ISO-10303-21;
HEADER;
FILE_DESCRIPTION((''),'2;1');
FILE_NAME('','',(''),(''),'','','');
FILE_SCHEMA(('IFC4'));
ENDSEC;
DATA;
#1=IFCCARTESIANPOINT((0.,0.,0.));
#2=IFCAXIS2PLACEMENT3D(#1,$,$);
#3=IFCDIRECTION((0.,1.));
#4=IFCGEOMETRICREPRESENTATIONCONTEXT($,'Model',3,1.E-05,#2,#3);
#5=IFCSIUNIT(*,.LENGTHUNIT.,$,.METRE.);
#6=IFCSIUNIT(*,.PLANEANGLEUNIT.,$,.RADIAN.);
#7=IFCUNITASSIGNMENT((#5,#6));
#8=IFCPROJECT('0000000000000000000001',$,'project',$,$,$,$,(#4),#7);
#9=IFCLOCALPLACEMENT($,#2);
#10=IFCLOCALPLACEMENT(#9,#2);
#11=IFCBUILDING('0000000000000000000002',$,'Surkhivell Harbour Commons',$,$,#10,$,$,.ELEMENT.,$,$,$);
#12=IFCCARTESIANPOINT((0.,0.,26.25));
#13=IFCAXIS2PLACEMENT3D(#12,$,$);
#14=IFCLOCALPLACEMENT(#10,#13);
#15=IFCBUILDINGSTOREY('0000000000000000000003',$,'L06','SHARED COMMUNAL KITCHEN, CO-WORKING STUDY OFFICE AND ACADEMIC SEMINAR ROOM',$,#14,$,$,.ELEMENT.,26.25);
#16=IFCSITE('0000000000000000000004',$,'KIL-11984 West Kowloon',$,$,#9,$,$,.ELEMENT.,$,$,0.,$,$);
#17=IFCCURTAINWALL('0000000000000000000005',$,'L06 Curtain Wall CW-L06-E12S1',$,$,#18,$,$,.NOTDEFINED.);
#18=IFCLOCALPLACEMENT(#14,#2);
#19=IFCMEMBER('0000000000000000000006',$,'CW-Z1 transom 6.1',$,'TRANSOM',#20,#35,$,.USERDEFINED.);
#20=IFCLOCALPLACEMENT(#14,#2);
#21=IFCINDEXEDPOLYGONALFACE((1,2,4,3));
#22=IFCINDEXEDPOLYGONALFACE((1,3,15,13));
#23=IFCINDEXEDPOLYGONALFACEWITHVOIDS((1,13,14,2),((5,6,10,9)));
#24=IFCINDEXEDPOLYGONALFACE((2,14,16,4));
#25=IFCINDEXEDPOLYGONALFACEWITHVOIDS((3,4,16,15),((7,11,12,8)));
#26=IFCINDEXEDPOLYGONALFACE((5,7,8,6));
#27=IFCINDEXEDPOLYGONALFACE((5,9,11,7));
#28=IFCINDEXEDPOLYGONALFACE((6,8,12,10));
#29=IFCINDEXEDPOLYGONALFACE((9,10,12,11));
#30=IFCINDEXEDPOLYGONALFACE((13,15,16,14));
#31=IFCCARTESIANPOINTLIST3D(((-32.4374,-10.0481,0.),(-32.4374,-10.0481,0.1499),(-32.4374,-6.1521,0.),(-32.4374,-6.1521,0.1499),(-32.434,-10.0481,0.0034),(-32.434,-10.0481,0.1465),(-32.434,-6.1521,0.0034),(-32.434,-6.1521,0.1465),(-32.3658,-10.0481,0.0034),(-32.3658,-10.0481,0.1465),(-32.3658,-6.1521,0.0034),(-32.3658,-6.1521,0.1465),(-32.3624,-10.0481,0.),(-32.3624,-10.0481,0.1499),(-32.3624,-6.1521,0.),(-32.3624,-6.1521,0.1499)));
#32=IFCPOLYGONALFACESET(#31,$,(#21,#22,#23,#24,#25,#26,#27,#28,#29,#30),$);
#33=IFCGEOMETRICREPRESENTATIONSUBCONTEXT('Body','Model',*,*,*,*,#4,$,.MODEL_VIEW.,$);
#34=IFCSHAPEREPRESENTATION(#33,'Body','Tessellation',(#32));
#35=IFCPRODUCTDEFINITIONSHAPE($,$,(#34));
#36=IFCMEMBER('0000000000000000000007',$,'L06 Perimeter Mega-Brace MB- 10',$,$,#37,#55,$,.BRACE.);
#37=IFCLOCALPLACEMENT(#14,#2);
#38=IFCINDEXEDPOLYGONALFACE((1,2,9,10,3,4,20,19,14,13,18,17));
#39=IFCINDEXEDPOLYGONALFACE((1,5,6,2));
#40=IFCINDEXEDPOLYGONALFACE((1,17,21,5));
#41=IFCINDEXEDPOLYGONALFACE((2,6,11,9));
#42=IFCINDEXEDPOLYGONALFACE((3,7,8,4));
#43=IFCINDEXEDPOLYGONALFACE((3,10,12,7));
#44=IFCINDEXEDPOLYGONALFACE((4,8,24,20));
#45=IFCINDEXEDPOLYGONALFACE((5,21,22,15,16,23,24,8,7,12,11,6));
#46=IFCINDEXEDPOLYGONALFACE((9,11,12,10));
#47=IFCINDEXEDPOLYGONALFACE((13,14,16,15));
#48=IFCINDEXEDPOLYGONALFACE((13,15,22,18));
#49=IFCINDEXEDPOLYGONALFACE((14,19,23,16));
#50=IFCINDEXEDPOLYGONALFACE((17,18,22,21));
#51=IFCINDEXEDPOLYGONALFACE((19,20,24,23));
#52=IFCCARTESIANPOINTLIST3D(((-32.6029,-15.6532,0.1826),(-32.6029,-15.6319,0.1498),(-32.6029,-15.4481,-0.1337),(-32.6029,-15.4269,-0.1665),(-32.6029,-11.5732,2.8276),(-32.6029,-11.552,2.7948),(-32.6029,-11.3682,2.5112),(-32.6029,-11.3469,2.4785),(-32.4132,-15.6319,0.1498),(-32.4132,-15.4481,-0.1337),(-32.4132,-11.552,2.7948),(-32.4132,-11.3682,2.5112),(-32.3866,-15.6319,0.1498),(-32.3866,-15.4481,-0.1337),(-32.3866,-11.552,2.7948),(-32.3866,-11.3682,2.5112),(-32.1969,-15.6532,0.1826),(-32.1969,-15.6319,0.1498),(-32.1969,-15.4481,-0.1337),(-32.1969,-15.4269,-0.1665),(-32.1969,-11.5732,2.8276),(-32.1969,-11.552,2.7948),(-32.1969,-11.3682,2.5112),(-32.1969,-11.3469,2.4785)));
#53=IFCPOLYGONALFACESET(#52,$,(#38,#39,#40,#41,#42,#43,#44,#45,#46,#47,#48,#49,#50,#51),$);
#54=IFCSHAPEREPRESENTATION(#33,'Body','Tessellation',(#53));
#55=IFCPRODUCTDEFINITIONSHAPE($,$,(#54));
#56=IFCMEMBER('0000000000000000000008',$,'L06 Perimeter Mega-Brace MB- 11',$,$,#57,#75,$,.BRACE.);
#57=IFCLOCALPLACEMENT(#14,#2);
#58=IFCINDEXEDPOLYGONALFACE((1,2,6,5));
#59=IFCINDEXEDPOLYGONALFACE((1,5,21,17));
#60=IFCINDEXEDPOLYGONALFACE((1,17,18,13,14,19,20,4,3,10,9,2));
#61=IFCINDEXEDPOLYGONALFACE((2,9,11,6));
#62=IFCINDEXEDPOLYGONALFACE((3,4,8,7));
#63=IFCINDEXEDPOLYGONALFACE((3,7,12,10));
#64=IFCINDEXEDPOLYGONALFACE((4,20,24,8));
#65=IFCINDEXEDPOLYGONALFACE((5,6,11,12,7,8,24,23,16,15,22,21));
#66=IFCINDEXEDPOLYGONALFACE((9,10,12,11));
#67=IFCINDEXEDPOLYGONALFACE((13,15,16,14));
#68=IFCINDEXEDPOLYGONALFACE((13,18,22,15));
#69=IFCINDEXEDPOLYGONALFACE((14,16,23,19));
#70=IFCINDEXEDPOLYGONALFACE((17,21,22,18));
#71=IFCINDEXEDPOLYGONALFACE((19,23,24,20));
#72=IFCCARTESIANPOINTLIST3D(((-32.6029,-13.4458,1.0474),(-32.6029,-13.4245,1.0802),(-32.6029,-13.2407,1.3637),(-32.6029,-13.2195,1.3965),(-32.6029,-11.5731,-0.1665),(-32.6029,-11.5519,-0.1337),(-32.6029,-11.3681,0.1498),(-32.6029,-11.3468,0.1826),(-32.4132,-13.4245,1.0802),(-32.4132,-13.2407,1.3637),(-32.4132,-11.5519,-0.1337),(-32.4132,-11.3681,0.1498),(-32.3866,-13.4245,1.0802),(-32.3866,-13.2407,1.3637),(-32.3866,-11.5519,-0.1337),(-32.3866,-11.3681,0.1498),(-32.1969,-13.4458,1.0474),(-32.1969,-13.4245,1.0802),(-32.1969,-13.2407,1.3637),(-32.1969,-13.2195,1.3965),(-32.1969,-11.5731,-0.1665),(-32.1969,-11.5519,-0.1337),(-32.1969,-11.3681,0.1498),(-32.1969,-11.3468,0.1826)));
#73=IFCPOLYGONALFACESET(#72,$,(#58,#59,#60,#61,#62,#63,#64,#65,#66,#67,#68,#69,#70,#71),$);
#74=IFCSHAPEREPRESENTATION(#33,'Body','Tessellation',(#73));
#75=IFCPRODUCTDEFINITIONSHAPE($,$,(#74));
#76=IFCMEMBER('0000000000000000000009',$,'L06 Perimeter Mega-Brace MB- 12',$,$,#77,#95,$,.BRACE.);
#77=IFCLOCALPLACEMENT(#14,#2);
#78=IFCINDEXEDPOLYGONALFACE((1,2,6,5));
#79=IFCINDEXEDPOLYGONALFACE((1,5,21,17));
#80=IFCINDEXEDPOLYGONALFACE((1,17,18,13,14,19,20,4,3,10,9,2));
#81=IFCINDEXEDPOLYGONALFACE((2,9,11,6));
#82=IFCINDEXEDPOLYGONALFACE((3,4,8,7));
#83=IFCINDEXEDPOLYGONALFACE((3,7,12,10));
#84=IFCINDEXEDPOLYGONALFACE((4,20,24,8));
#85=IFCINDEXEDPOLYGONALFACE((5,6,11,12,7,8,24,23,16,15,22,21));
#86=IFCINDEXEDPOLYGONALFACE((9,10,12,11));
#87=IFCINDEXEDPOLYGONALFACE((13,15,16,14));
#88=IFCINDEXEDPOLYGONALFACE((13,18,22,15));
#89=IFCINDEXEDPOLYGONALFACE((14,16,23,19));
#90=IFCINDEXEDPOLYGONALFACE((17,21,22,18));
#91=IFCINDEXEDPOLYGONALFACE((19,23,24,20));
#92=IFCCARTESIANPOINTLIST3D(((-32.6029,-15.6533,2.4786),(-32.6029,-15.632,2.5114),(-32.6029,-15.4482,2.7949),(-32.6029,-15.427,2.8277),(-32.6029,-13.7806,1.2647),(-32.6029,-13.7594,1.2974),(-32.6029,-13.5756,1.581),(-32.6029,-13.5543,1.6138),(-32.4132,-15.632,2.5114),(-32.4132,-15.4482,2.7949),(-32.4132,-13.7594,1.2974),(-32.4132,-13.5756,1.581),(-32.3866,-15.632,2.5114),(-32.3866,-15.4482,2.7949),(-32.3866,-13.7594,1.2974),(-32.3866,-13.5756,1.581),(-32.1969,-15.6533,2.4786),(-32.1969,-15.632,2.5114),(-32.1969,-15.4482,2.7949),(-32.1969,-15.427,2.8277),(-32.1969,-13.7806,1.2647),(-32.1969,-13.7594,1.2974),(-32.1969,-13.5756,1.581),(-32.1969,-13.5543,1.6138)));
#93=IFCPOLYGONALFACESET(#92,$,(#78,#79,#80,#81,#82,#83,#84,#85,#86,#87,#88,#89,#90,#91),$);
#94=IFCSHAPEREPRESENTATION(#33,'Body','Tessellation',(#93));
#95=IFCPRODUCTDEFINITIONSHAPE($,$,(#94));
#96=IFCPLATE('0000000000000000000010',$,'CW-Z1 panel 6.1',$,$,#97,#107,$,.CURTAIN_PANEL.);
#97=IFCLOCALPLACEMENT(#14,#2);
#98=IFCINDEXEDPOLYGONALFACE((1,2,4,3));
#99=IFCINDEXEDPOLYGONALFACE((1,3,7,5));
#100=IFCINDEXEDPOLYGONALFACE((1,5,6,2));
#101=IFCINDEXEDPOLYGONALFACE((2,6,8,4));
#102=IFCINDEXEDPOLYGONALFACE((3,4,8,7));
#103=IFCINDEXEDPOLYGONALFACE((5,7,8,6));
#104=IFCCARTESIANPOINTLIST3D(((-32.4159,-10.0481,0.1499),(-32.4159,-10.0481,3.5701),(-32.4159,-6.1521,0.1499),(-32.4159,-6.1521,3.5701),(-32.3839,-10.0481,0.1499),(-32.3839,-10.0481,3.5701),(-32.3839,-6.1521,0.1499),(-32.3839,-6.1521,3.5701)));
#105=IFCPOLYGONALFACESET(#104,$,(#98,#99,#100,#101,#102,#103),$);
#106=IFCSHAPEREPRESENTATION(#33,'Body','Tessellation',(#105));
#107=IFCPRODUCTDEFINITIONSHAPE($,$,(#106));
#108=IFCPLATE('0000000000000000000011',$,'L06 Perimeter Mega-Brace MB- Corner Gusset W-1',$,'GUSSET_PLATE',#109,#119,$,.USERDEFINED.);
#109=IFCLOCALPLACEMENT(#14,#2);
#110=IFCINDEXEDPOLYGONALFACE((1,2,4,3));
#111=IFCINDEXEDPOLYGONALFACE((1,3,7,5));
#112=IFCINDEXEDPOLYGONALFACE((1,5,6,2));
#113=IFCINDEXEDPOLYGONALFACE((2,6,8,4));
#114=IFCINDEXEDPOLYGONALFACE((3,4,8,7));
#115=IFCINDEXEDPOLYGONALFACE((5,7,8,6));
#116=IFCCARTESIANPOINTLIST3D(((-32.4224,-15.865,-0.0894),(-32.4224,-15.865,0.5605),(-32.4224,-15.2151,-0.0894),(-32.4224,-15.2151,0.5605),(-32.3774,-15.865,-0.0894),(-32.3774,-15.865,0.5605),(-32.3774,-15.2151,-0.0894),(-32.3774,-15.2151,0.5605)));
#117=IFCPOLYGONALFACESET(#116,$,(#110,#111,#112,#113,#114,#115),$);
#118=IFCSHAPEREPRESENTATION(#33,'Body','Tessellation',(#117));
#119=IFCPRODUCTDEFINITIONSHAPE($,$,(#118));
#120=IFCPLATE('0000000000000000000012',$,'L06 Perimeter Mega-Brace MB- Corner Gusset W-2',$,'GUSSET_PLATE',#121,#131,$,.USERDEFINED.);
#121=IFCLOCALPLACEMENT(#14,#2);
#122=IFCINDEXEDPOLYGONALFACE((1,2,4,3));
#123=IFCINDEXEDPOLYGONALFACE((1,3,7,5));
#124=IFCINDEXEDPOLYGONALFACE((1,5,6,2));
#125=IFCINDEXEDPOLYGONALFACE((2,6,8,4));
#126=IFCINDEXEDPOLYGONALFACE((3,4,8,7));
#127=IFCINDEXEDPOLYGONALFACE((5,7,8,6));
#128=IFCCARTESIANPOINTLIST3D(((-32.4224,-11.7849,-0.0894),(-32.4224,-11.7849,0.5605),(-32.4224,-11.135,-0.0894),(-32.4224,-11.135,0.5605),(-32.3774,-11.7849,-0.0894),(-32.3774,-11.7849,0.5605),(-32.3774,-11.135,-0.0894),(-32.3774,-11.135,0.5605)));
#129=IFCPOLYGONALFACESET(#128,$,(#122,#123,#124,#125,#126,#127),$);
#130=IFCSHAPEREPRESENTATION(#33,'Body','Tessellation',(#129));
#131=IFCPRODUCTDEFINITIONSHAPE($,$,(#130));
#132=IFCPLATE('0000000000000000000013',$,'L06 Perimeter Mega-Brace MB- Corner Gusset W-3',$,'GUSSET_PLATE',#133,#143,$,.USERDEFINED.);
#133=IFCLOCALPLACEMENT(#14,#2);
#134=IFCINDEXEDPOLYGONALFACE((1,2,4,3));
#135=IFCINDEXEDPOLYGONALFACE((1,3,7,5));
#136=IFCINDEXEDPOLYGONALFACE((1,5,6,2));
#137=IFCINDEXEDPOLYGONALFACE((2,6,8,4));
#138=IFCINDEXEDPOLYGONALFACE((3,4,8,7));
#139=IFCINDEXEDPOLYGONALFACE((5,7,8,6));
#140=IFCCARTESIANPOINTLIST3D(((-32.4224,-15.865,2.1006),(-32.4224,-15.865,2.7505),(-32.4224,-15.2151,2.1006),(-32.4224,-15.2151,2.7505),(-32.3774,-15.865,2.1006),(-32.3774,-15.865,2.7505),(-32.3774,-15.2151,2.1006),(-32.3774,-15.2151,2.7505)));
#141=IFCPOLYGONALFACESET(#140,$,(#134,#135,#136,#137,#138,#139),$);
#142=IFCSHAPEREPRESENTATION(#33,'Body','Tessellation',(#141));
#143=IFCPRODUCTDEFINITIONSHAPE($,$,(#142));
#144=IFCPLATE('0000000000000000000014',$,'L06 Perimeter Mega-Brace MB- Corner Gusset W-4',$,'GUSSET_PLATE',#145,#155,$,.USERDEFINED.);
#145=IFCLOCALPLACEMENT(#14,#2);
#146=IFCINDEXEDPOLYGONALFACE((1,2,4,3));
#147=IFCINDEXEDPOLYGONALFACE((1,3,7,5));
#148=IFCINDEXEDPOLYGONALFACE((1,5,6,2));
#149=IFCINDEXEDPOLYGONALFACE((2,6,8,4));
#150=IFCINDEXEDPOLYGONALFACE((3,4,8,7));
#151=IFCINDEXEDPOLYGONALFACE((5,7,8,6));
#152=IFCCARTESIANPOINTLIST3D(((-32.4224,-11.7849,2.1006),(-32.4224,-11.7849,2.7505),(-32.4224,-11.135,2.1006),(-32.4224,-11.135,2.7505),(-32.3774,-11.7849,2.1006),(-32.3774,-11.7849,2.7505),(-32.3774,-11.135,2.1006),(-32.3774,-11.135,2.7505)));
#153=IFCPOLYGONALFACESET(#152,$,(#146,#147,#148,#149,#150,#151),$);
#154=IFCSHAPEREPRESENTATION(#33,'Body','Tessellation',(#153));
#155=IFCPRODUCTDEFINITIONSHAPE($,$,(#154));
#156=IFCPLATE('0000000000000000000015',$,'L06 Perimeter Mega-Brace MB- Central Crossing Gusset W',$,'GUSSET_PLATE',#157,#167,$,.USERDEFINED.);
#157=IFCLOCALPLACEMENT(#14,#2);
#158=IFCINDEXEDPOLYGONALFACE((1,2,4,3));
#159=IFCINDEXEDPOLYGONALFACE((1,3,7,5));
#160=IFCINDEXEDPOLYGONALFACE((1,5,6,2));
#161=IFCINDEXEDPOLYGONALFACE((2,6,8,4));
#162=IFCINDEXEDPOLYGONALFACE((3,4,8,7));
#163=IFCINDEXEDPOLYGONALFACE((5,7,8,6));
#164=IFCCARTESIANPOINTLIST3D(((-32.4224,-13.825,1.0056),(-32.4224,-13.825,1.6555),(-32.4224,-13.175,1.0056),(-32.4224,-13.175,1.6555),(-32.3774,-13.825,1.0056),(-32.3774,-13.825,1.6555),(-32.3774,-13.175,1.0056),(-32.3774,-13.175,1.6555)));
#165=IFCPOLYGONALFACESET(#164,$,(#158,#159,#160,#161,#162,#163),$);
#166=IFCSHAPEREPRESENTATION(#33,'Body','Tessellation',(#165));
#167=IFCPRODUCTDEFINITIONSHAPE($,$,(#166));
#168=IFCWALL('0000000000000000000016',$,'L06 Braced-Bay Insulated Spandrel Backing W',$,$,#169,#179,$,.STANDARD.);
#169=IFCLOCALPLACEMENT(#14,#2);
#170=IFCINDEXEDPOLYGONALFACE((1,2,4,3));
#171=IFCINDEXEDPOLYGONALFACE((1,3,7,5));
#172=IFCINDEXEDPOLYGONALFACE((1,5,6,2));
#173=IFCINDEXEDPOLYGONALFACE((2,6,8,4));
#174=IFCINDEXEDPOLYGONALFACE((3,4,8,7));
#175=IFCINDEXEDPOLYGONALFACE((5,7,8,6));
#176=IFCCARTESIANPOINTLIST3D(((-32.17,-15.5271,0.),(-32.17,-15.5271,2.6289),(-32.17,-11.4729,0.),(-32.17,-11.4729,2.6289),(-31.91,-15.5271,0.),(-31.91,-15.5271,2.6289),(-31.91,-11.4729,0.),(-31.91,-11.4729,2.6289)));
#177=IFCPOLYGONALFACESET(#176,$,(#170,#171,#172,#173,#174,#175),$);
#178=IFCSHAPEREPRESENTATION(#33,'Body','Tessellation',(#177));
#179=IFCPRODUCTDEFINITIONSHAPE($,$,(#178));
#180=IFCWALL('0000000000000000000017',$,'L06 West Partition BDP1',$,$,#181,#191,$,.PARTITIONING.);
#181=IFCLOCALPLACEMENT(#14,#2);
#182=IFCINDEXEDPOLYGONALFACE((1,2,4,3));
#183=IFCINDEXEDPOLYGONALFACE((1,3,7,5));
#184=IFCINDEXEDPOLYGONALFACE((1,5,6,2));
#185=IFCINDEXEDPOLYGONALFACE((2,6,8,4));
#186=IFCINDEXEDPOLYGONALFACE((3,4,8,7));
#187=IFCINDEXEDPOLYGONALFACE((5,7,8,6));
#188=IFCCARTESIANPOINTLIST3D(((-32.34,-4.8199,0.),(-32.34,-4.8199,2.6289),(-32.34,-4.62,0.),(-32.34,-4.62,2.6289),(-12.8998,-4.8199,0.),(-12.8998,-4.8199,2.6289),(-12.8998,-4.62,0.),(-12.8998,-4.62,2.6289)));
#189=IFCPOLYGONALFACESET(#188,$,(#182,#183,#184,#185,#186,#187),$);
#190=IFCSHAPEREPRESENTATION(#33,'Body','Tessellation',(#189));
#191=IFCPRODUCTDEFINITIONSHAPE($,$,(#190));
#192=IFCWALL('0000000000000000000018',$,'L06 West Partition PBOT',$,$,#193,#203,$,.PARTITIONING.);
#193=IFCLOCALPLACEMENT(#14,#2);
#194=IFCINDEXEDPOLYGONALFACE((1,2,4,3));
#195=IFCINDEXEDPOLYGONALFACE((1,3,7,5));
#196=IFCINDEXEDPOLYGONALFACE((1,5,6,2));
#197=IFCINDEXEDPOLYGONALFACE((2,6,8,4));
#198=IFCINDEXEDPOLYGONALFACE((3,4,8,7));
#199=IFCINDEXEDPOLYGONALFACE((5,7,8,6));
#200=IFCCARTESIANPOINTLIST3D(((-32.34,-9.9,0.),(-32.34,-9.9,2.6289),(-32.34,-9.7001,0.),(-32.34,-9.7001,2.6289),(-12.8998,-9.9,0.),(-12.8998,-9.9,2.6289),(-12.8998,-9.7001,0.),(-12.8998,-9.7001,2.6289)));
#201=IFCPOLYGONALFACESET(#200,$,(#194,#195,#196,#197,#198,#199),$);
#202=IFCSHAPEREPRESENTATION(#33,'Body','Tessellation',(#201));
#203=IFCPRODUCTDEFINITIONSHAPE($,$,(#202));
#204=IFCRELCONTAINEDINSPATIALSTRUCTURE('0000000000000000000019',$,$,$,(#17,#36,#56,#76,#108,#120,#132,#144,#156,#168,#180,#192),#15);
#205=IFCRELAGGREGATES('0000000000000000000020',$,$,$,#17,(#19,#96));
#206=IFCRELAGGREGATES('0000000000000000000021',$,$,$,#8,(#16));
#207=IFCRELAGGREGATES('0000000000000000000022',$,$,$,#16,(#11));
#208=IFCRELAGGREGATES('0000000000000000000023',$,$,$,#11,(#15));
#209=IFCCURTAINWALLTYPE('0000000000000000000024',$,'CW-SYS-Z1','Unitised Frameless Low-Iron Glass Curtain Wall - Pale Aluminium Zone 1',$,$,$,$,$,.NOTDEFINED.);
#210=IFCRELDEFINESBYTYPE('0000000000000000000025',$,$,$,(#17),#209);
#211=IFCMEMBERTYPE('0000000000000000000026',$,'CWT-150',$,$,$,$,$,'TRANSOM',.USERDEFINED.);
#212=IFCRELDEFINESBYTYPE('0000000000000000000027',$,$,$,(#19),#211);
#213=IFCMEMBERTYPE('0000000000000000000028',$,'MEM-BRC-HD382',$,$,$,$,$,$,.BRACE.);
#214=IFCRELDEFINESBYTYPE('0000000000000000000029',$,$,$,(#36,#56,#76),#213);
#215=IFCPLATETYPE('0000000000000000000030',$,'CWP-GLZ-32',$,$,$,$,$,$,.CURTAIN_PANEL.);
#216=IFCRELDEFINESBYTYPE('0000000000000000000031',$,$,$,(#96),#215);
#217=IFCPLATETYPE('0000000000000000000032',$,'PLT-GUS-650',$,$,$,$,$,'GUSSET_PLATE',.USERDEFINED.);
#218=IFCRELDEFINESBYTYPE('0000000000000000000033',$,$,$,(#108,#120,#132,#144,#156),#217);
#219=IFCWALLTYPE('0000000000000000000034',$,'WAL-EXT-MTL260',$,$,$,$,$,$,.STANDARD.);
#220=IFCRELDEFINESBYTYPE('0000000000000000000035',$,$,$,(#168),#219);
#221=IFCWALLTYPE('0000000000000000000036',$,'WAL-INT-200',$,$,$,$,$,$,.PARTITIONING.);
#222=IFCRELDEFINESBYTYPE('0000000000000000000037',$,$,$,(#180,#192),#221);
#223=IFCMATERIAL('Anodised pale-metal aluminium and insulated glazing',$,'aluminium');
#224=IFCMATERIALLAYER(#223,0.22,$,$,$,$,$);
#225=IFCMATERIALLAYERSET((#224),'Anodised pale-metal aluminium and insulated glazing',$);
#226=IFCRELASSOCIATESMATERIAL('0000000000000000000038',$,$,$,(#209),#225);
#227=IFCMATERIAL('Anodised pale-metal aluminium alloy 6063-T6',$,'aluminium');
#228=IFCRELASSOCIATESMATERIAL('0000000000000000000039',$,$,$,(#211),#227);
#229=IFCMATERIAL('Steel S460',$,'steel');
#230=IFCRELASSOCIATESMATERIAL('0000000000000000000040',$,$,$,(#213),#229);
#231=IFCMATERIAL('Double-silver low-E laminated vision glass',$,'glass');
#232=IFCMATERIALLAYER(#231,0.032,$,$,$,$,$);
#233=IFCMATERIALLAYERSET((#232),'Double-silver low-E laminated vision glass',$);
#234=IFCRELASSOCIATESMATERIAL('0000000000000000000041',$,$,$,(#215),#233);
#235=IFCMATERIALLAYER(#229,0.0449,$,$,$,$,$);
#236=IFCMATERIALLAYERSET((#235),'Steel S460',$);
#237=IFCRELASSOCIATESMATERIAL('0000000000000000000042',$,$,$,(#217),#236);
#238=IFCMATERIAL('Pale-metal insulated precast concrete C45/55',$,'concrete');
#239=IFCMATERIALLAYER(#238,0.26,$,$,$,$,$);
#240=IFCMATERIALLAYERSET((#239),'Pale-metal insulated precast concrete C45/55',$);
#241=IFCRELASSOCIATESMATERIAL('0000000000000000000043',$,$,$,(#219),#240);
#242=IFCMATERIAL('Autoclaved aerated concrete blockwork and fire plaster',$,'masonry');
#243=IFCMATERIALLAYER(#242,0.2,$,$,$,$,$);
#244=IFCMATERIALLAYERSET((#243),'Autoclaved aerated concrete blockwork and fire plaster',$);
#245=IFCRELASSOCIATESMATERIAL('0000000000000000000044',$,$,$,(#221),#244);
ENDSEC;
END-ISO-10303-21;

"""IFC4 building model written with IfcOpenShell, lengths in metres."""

from ifc_helpers import new_model, si_unit, direction, frame, frame_2d, origin, origin_2d, place, context, subcontext, project, spatial, rectangle, hollow_rectangle, i_section, extrude, material, layer, layer_set, material_profile, profile_set, type_object, element, aggregate, save


model = new_model("IFC4")

# Units and contexts
model_context = context("Model", 3, precision=1e-05, world=origin(), true_north=direction((0.0, 1.0)))
body_context = subcontext(model_context, "Body", "Model", "MODEL_VIEW")
ifc_project = project(units=[si_unit("LENGTHUNIT", "METRE"), si_unit("PLANEANGLEUNIT", "RADIAN")], contexts=[model_context])

# Site, building, storey
site_placement = place(None, origin())
site = spatial("IfcSite", under=ifc_project, at=site_placement, Name="KIL-11984 West Kowloon", CompositionType="ELEMENT", RefElevation=0.0)
building_placement = place(site_placement, origin())
building = spatial("IfcBuilding", under=site, at=building_placement, Name="Surkhivell Harbour Commons", CompositionType="ELEMENT")
storey_placement = place(building_placement, frame((0.0, 0.0, 26.25)))
storey = spatial("IfcBuildingStorey", under=building, at=storey_placement, Name="L06", Description="SHARED COMMUNAL KITCHEN, CO-WORKING STUDY OFFICE AND ACADEMIC SEMINAR ROOM", CompositionType="ELEMENT", Elevation=26.25)

# Shared definitions
ifc_material_1 = material(Name="Steel S460", Category="steel")

# Curtain wall, member
ifc_material_2 = material(Name="Anodised pale-metal aluminium and insulated glazing", Category="aluminium")
ifc_layer_1 = layer(ifc_material_2, 0.22)
ifc_layer_set_1 = layer_set([ifc_layer_1], Name="Anodised pale-metal aluminium and insulated glazing")
curtain_wall_type = type_object("IfcCurtainWallType", Name="CW-SYS-Z1", Description="Unitised Frameless Low-Iron Glass Curtain Wall - Pale Aluminium Zone 1", PredefinedType="NOTDEFINED", material=ifc_layer_set_1)
curtain_wall_placement = place(storey_placement, origin())
curtain_wall = element("IfcCurtainWall", 1, at=curtain_wall_placement, inside=storey, type_object=curtain_wall_type, Name="L06 Curtain Wall CW-L06-E12S1", PredefinedType="NOTDEFINED")
ifc_material_3 = material(Name="Anodised pale-metal aluminium alloy 6063-T6", Category="aluminium")
ifc_material_profile_1 = material_profile(ifc_material_3, hollow_rectangle(XDim=0.075, YDim=0.1499, WallThickness=0.0034, at=origin_2d()), Name="ALU-TRAN-75x150")
ifc_profile_set_1 = profile_set([ifc_material_profile_1], Name="Anodised pale-metal aluminium alloy 6063-T6")
member_type_1 = type_object("IfcMemberType", Name="CWT-150", ElementType="TRANSOM", PredefinedType="USERDEFINED", material=ifc_profile_set_1)
member_1_placement = place(storey_placement, frame((-32.3999, -6.1521, 0.075), z_axis=(0.0, -1.0, 0.0), x_axis=(1.0, 0.0, 0.0)))
member_1 = element("IfcMember", 2, at=member_1_placement, type_object=member_type_1, Name="CW-Z1 transom 6.1", ObjectType="TRANSOM", PredefinedType="USERDEFINED", context=body_context, shape_type="SweptSolid", body=[
    extrude(hollow_rectangle(XDim=0.075, YDim=0.1499, WallThickness=0.0034, at=origin_2d()), origin(), (0.0, 0.0, 1.0), 3.896),
])

# Members
ifc_material_profile_2 = material_profile(ifc_material_1, i_section(OverallWidth=0.406, OverallDepth=0.416, WebThickness=0.0266, FlangeThickness=0.0391, at=origin_2d()), Name="HD400x382")
ifc_profile_set_2 = profile_set([ifc_material_profile_2], Name="Steel S460")
member_type_2 = type_object("IfcMemberType", Name="MEM-BRC-HD382", PredefinedType="BRACE", material=ifc_profile_set_2)
member_2_placement = place(storey_placement, frame((-32.3999, -15.54, 0.0081), z_axis=(0.0, 0.839104, 0.543971), x_axis=(-1.0, 0.0, 0.0)))
element("IfcMember", 3, at=member_2_placement, inside=storey, type_object=member_type_2, Name="L06 Perimeter Mega-Brace MB- 10", PredefinedType="BRACE", context=body_context, shape_type="SweptSolid", body=[
    extrude(i_section(OverallWidth=0.406, OverallDepth=0.416, WebThickness=0.0266, FlangeThickness=0.0391, at=origin_2d()), origin(), (0.0, 0.0, 1.0), 4.8623),
])
for number, where, z_axis, x_axis, name in (
    (4, (-32.3999, -11.46, 0.0081), (0.0, -0.839118, 0.54395), (1.0, 0.0, 0.0), "L06 Perimeter Mega-Brace MB- 11"),
    (5, (-32.3999, -13.6675, 1.4392), (0.0, -0.839118, 0.54395), (1.0, 0.0, 0.0), "L06 Perimeter Mega-Brace MB- 12"),
):
    element("IfcMember", number, at=place(storey_placement, frame(where, z_axis=z_axis, x_axis=x_axis)), inside=storey, type_object=member_type_2, Name=name, PredefinedType="BRACE", context=body_context, shape_type="SweptSolid", body=[
        extrude(i_section(OverallWidth=0.406, OverallDepth=0.416, WebThickness=0.0266, FlangeThickness=0.0391, at=origin_2d()), origin(), (0.0, 0.0, 1.0), 2.2317),
    ])

# Plate
ifc_material_4 = material(Name="Double-silver low-E laminated vision glass", Category="glass")
ifc_layer_2 = layer(ifc_material_4, 0.032)
ifc_layer_set_2 = layer_set([ifc_layer_2], Name="Double-silver low-E laminated vision glass")
plate_type_1 = type_object("IfcPlateType", Name="CWP-GLZ-32", PredefinedType="CURTAIN_PANEL", material=ifc_layer_set_2)
plate_placement = place(storey_placement, frame((-32.3999, -6.1521, 0.1499), z_axis=(0.0, 0.0, 1.0), x_axis=(0.0, -1.0, 0.0)))
plate = element("IfcPlate", 6, at=plate_placement, type_object=plate_type_1, Name="CW-Z1 panel 6.1", PredefinedType="CURTAIN_PANEL", context=body_context, shape_type="SweptSolid", body=[
    extrude(rectangle(XDim=3.896, YDim=0.032, at=frame_2d((1.948, 0.0))), origin(), (0.0, 0.0, 1.0), 3.4202),
])
aggregate(curtain_wall, [member_1, plate])

# Plates
ifc_layer_3 = layer(ifc_material_1, 0.0449)
ifc_layer_set_3 = layer_set([ifc_layer_3], Name="Steel S460")
plate_type_2 = type_object("IfcPlateType", Name="PLT-GUS-650", ElementType="GUSSET_PLATE", PredefinedType="USERDEFINED", material=ifc_layer_set_3)
for number, where, z_axis, x_axis, name in (
    (7, (-32.3999, -15.54, -0.0894), (0.0, 0.0, 1.0), (0.0, 1.0, 0.0), "L06 Perimeter Mega-Brace MB- Corner Gusset W-1"),
    (8, (-32.3999, -11.46, -0.0894), (0.0, 0.0, 1.0), (0.0, 1.0, 0.0), "L06 Perimeter Mega-Brace MB- Corner Gusset W-2"),
    (9, (-32.3999, -15.54, 2.1006), (0.0, 0.0, 1.0), (0.0, 1.0, 0.0), "L06 Perimeter Mega-Brace MB- Corner Gusset W-3"),
    (10, (-32.3999, -11.46, 2.1006), (0.0, 0.0, 1.0), (0.0, 1.0, 0.0), "L06 Perimeter Mega-Brace MB- Corner Gusset W-4"),
    (11, (-32.3999, -13.5, 1.0056), (0.0, 0.0, 1.0), (0.0, 1.0, 0.0), "L06 Perimeter Mega-Brace MB- Central Crossing Gusset W"),
):
    element("IfcPlate", number, at=place(storey_placement, frame(where, z_axis=z_axis, x_axis=x_axis)), inside=storey, type_object=plate_type_2, Name=name, ObjectType="GUSSET_PLATE", PredefinedType="USERDEFINED", context=body_context, shape_type="SweptSolid", body=[
        extrude(rectangle(XDim=0.6499, YDim=0.0449, at=origin_2d()), origin(), (0.0, 0.0, 1.0), 0.6499),
    ])

# Walls
ifc_material_5 = material(Name="Pale-metal insulated precast concrete C45/55", Category="concrete")
ifc_layer_4 = layer(ifc_material_5, 0.26)
ifc_layer_set_4 = layer_set([ifc_layer_4], Name="Pale-metal insulated precast concrete C45/55")
wall_type_1 = type_object("IfcWallType", Name="WAL-EXT-MTL260", PredefinedType="STANDARD", material=ifc_layer_set_4)
wall_placement = place(storey_placement, frame((-32.04, -11.4729, 0.0), z_axis=(0.0, 0.0, 1.0), x_axis=(0.0, -1.0, 0.0)))
element("IfcWall", 12, at=wall_placement, inside=storey, type_object=wall_type_1, Name="L06 Braced-Bay Insulated Spandrel Backing W", PredefinedType="STANDARD", context=body_context, shape_type="SweptSolid", body=[
    extrude(rectangle(XDim=4.0542, YDim=0.26, at=frame_2d((2.0271, 0.0))), origin(), (0.0, 0.0, 1.0), 2.6289),
])
ifc_material_6 = material(Name="Autoclaved aerated concrete blockwork and fire plaster", Category="masonry")
ifc_layer_5 = layer(ifc_material_6, 0.2)
ifc_layer_set_5 = layer_set([ifc_layer_5], Name="Autoclaved aerated concrete blockwork and fire plaster")
wall_type_2 = type_object("IfcWallType", Name="WAL-INT-200", PredefinedType="PARTITIONING", material=ifc_layer_set_5)
for number, where, z_axis, x_axis, name in (
    (13, (-32.3401, -4.72, 0.0), (0.0, 0.0, 1.0), (1.0, 0.0, 0.0), "L06 West Partition BDP1"),
    (14, (-32.3401, -9.8, 0.0), (0.0, 0.0, 1.0), (1.0, 0.0, 0.0), "L06 West Partition PBOT"),
):
    element("IfcWall", number, at=place(storey_placement, frame(where, z_axis=z_axis, x_axis=x_axis)), inside=storey, type_object=wall_type_2, Name=name, PredefinedType="PARTITIONING", context=body_context, shape_type="SweptSolid", body=[
        extrude(rectangle(XDim=19.4402, YDim=0.2, at=frame_2d((9.7202, 0.0))), origin(), (0.0, 0.0, 1.0), 2.6289),
    ])

save(model, "model.ifc")
